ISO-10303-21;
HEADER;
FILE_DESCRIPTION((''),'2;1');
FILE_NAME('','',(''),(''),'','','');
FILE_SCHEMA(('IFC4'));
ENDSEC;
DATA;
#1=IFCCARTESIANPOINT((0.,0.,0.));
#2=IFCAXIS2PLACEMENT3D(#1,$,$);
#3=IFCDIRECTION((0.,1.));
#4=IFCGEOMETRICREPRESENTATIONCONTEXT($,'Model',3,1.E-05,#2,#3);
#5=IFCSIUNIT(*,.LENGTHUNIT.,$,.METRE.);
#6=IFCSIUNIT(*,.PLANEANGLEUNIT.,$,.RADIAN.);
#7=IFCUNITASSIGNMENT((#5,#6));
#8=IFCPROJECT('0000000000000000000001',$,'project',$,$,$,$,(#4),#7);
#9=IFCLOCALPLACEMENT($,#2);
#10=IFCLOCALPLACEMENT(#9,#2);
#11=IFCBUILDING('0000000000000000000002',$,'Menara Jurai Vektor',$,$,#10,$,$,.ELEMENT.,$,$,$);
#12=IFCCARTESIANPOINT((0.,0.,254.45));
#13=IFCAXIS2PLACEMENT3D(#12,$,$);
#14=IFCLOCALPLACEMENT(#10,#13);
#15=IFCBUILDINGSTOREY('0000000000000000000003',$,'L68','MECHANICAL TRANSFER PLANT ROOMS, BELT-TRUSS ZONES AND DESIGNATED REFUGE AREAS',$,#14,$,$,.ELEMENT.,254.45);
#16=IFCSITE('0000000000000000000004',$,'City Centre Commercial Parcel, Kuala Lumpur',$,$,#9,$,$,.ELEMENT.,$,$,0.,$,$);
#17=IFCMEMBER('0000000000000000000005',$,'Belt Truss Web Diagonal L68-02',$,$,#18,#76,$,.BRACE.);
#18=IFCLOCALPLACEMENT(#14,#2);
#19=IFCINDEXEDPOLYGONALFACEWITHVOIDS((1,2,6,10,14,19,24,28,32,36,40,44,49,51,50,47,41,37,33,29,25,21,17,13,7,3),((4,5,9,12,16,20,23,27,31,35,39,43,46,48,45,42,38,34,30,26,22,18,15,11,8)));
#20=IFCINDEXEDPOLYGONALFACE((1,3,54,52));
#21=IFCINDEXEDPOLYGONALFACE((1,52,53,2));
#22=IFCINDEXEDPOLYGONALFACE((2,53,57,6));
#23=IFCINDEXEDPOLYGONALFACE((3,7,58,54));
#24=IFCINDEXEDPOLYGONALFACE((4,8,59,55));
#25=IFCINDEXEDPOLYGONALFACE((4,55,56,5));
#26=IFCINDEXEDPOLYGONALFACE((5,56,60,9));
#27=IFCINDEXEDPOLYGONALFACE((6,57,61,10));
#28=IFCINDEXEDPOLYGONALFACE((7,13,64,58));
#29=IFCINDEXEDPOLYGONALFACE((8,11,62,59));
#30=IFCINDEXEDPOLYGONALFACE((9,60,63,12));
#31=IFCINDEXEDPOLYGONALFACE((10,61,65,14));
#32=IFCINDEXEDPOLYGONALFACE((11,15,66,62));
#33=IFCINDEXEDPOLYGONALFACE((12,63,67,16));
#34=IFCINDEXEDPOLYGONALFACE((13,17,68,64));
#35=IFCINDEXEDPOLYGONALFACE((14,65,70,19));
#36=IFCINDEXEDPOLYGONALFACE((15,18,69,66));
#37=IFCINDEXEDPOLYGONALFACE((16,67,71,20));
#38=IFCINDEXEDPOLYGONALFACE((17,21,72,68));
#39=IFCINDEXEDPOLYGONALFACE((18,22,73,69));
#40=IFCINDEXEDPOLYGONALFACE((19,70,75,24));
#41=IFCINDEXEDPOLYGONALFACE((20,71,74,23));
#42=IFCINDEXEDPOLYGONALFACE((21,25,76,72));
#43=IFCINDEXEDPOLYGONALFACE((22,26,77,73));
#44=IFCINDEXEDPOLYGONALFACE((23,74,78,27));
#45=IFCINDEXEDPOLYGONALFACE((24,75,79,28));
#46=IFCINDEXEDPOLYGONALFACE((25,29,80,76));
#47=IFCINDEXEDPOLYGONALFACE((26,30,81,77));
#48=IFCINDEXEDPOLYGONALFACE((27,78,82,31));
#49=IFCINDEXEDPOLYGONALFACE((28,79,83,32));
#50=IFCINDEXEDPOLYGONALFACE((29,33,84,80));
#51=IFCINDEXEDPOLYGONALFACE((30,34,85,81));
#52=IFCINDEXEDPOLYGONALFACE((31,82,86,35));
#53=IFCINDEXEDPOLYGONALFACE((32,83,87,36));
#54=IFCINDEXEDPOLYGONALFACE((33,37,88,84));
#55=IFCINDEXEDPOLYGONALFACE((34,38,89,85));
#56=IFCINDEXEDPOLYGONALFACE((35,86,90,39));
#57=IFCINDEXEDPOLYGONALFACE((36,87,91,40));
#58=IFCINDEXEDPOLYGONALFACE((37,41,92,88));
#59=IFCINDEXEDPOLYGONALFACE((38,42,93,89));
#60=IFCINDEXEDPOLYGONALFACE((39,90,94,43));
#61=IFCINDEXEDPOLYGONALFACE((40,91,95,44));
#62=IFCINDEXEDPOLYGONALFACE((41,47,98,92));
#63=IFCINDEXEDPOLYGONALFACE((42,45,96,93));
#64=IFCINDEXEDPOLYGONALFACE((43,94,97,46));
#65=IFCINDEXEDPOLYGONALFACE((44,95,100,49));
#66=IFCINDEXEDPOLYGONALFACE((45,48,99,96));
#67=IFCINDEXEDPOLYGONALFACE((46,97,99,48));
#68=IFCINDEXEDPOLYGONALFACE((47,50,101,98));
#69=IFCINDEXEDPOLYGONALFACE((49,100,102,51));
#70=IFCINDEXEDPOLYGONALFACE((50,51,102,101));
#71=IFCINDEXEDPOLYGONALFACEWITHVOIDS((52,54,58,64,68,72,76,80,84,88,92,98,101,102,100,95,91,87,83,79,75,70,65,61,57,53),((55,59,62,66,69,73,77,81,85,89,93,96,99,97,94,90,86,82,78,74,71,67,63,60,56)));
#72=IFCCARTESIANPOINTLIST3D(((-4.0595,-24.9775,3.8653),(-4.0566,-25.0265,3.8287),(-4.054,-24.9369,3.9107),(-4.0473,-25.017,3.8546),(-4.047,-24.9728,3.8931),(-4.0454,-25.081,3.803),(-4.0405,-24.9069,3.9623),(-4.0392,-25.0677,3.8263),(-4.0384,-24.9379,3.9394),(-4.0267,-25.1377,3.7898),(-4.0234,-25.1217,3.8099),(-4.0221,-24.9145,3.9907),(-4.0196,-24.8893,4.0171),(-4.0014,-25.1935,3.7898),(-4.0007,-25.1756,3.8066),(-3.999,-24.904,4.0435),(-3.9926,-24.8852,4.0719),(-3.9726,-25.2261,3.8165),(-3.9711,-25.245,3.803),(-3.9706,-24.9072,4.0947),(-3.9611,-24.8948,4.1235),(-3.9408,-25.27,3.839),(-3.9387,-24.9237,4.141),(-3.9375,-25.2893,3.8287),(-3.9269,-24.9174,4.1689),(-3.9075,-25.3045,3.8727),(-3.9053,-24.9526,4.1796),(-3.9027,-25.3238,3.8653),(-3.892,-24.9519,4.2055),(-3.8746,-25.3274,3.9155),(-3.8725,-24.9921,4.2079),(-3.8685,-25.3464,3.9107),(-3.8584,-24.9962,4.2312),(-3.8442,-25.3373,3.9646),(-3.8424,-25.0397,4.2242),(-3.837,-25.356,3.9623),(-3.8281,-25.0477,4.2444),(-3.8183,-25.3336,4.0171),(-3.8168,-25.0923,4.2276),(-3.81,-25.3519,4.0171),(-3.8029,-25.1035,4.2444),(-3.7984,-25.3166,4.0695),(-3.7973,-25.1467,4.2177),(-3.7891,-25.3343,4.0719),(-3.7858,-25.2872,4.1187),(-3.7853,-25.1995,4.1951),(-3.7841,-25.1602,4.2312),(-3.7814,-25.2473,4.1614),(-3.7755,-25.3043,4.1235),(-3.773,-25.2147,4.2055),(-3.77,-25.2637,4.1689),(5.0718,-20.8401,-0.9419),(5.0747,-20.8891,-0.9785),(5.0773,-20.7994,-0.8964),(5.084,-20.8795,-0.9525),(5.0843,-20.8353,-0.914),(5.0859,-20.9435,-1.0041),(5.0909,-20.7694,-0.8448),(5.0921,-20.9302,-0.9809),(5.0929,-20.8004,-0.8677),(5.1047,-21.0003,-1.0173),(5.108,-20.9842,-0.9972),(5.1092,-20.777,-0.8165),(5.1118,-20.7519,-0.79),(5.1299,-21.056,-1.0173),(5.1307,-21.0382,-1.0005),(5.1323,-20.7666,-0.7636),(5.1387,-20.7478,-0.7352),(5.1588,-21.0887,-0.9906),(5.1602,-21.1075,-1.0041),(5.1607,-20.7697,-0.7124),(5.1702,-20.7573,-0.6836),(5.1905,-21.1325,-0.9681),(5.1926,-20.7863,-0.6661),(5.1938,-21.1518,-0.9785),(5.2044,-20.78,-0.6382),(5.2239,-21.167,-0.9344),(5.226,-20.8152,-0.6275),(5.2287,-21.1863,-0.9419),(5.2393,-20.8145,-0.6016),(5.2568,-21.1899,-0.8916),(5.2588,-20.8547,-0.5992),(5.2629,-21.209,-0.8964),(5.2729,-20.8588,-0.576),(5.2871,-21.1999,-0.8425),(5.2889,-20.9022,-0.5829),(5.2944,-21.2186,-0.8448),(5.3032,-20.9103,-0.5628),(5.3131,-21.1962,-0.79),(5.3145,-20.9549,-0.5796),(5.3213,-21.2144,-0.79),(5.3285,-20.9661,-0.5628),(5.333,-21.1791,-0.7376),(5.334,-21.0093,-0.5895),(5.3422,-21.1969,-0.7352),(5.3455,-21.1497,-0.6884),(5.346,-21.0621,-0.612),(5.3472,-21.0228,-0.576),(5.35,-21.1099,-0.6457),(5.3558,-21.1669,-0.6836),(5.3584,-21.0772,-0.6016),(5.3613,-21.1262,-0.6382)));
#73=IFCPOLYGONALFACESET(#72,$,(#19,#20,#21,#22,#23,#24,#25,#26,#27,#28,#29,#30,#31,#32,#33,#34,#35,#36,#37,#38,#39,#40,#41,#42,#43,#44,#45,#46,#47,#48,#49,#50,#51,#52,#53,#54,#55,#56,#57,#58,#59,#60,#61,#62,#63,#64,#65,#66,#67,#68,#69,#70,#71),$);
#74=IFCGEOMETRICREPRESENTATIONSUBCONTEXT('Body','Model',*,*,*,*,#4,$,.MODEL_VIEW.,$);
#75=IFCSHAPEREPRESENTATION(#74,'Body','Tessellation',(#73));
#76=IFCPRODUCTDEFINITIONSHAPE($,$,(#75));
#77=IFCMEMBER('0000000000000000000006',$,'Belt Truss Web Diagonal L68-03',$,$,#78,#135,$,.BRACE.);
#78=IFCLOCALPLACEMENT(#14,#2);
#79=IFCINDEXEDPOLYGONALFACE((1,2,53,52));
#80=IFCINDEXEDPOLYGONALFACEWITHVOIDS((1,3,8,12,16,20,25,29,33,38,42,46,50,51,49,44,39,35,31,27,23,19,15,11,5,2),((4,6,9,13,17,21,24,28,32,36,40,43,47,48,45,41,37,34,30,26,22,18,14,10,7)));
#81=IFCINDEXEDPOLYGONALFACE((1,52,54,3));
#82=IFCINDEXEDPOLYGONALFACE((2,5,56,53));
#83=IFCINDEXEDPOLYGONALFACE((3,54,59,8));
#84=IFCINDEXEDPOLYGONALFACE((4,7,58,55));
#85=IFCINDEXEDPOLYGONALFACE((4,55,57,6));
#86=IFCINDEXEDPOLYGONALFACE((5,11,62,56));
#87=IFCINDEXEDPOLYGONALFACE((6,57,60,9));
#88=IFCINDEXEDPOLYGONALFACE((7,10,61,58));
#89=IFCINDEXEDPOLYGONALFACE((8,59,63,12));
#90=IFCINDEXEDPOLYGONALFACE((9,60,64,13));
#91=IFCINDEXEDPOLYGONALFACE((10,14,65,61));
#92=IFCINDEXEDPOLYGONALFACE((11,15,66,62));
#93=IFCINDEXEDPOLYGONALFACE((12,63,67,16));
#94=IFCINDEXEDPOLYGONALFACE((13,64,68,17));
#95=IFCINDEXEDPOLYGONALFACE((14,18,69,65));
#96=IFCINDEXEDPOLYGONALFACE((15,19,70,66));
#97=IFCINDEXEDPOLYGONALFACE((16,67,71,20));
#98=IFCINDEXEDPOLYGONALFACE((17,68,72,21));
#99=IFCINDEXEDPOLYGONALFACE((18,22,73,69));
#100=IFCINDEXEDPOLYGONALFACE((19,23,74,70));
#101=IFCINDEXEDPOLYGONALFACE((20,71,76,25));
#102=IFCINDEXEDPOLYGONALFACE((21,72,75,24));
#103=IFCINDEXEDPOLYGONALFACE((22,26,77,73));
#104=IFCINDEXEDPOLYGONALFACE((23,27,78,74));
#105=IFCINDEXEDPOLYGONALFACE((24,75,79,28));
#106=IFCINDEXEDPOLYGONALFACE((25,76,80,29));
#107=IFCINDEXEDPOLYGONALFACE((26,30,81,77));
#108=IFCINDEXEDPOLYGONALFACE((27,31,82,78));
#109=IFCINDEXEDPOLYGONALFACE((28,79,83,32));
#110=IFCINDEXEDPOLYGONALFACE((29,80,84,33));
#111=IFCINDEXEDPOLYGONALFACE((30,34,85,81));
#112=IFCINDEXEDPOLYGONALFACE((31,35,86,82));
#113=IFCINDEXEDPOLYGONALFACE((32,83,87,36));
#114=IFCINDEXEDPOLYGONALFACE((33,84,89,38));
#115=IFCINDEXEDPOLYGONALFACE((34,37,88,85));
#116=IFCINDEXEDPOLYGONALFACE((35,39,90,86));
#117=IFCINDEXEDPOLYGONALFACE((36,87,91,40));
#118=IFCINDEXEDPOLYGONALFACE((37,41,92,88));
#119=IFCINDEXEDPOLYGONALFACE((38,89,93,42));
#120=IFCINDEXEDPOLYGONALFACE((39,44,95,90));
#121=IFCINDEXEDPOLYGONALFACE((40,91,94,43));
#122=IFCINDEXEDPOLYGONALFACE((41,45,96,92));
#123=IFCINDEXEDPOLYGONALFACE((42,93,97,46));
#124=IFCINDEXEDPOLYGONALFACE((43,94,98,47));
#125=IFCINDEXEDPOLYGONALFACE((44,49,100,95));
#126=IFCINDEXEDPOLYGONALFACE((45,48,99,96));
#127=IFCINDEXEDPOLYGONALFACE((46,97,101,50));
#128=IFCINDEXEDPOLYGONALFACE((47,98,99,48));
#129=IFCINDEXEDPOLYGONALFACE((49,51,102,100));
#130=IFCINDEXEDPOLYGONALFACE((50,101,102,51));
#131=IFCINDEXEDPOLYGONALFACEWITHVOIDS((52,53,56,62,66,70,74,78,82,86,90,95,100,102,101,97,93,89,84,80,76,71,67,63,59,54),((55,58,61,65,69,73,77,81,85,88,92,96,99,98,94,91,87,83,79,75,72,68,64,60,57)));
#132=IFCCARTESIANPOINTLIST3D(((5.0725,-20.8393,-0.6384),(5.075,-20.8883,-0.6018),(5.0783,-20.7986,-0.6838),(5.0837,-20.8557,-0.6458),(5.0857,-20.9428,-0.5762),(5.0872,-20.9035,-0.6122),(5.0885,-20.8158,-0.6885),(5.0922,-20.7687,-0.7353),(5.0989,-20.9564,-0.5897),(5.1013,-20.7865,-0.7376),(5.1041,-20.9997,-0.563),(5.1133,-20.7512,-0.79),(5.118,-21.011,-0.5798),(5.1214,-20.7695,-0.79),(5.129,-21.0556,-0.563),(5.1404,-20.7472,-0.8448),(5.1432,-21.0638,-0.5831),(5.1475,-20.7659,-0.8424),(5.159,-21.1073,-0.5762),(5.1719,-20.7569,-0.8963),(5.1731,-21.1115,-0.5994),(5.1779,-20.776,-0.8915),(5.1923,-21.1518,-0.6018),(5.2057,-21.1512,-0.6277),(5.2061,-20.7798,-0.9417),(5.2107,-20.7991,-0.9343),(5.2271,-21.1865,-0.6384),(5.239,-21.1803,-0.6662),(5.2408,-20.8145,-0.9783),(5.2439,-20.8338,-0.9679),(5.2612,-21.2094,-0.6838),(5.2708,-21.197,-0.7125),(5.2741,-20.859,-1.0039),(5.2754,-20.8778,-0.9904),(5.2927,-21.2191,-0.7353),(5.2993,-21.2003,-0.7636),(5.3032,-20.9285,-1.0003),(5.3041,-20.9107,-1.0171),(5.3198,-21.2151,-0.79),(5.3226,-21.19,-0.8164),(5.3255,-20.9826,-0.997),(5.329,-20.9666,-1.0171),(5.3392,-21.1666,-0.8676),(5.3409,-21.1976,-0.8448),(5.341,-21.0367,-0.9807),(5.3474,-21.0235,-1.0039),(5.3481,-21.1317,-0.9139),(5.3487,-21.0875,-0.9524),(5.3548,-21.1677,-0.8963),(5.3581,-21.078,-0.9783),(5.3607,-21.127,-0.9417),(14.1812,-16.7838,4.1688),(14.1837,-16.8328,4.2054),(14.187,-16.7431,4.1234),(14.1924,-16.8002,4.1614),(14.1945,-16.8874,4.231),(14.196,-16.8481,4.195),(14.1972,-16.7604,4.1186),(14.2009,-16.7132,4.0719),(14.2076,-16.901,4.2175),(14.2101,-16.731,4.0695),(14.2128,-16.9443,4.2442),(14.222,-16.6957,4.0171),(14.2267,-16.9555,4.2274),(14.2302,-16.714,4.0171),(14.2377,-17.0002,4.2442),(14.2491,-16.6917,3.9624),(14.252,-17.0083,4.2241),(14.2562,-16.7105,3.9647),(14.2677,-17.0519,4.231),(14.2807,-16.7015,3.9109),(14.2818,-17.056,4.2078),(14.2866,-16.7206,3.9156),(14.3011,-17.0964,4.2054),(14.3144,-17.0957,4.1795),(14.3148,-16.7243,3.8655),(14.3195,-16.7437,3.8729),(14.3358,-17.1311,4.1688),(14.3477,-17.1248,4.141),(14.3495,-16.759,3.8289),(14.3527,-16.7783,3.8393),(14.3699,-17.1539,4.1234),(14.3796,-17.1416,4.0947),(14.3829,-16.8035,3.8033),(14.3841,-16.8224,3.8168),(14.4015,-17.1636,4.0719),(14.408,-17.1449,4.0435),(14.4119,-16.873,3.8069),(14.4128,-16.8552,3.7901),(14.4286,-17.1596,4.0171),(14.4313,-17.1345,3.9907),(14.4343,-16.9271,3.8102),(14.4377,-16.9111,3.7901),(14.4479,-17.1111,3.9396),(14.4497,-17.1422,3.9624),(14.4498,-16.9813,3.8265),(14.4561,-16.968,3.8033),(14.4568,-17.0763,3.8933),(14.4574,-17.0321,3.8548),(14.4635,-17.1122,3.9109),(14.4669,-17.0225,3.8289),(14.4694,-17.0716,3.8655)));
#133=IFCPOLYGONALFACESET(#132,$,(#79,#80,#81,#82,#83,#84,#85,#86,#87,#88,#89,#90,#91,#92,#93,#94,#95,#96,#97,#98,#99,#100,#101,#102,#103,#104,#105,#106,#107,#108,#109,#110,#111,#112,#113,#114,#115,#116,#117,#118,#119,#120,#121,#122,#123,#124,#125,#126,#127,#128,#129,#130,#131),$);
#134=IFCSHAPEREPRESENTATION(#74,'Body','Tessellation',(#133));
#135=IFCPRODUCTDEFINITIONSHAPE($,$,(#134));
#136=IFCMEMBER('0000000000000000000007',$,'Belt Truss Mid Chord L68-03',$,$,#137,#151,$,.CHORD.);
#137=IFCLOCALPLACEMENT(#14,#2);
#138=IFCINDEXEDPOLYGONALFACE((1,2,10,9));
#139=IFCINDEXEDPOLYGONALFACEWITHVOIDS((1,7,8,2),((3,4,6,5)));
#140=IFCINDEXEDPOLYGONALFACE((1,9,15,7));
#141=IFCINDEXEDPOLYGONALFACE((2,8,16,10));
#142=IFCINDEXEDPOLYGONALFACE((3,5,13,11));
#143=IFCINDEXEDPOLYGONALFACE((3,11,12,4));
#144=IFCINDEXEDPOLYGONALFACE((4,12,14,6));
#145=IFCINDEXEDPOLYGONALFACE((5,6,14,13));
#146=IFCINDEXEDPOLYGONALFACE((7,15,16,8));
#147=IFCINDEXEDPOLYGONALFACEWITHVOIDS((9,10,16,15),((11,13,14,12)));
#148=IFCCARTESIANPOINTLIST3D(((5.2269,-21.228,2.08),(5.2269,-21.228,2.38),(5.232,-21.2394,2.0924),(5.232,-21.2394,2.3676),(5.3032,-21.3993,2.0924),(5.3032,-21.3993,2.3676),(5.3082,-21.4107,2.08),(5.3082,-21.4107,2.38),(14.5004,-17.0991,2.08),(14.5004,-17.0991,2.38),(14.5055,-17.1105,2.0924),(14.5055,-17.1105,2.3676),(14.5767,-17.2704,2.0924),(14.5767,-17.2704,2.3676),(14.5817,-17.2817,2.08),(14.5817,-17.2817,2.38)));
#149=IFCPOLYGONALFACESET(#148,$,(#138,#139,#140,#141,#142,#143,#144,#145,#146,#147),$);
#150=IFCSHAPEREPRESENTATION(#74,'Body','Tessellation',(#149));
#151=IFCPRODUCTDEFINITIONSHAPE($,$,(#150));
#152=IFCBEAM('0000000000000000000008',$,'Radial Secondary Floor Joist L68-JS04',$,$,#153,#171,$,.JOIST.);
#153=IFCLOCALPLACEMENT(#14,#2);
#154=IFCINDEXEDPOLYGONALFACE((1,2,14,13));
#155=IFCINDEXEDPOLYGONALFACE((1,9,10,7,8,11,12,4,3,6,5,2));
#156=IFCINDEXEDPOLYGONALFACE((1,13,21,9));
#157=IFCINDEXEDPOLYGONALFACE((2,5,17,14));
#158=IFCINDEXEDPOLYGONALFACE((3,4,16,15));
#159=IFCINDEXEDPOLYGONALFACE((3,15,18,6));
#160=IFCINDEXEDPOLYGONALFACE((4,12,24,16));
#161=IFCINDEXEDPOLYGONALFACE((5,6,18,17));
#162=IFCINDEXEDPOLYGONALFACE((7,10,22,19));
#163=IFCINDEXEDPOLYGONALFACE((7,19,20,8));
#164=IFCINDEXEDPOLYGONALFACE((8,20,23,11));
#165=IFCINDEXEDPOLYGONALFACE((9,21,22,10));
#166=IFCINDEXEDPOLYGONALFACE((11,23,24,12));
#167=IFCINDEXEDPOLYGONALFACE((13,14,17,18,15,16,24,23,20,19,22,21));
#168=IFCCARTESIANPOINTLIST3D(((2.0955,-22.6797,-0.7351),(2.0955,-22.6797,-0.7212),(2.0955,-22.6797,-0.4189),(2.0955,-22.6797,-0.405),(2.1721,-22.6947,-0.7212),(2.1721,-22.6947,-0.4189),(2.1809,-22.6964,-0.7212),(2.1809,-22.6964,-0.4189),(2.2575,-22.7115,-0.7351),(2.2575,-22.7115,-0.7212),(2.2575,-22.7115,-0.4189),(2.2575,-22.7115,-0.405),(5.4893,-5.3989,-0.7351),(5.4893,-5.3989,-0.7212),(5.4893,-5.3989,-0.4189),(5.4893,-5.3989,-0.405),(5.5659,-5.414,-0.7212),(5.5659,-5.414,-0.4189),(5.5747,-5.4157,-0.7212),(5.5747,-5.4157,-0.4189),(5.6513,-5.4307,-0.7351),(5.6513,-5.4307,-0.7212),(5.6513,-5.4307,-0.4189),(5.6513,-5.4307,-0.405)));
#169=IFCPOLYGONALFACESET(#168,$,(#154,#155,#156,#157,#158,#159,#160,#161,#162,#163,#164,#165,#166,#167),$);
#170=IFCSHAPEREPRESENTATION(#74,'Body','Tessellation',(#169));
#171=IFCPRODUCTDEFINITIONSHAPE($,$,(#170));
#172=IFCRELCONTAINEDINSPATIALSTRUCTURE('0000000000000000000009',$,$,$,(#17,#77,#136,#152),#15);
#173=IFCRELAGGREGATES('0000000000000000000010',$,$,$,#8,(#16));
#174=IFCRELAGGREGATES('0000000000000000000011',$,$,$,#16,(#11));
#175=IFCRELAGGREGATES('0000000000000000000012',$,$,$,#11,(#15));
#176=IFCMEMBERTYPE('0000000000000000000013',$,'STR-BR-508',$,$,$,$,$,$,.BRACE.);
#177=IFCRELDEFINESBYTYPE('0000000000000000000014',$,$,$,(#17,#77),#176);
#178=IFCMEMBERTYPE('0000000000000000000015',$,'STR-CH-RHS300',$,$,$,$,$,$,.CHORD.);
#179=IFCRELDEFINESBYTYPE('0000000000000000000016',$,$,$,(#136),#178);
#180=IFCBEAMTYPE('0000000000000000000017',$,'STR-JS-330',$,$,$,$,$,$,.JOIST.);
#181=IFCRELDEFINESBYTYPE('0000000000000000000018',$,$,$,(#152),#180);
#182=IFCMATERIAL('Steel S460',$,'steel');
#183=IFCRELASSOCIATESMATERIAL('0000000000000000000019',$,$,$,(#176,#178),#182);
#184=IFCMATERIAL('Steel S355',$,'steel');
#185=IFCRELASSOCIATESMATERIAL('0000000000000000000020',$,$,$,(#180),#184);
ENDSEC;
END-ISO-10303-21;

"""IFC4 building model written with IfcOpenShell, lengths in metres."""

from ifc_helpers import new_model, si_unit, direction, frame, origin, origin_2d, place, context, subcontext, project, spatial, hollow_rectangle, hollow_circle, i_section, extrude, material, material_profile, profile_set, type_object, element, save


model = new_model("IFC4")

# Units and contexts
model_context = context("Model", 3, precision=1e-05, world=origin(), true_north=direction((0.0, 1.0)))
body_context = subcontext(model_context, "Body", "Model", "MODEL_VIEW")
ifc_project = project(units=[si_unit("LENGTHUNIT", "METRE"), si_unit("PLANEANGLEUNIT", "RADIAN")], contexts=[model_context])

# Site, building, storey
site_placement = place(None, origin())
site = spatial("IfcSite", under=ifc_project, at=site_placement, Name="City Centre Commercial Parcel, Kuala Lumpur", CompositionType="ELEMENT", RefElevation=0.0)
building_placement = place(site_placement, origin())
building = spatial("IfcBuilding", under=site, at=building_placement, Name="Menara Jurai Vektor", CompositionType="ELEMENT")
storey_placement = place(building_placement, frame((0.0, 0.0, 254.45)))
storey = spatial("IfcBuildingStorey", under=building, at=storey_placement, Name="L68", Description="MECHANICAL TRANSFER PLANT ROOMS, BELT-TRUSS ZONES AND DESIGNATED REFUGE AREAS", CompositionType="ELEMENT", Elevation=254.45)

# Shared definitions
ifc_material_1 = material(Name="Steel S460", Category="steel")

# Members
ifc_material_profile_1 = material_profile(ifc_material_1, hollow_circle(Radius=0.2539, WallThickness=0.02, at=origin_2d()), Name="CHS 508x20")
ifc_profile_set_1 = profile_set([ifc_material_profile_1], Name="Steel S460")
member_type_1 = type_object("IfcMemberType", Name="STR-BR-508", PredefinedType="BRACE", material=ifc_profile_set_1)
member_1_placement = place(storey_placement, frame((5.2166, -20.9832, -0.79), z_axis=(-0.821317, -0.372142, 0.432376), x_axis=(0.412715, -0.91086, 0.0)))
element("IfcMember", 1, at=member_1_placement, inside=storey, type_object=member_type_1, Name="Belt Truss Web Diagonal L68-02", PredefinedType="BRACE", context=body_context, shape_type="SweptSolid", body=[
    extrude(hollow_circle(Radius=0.2539, WallThickness=0.02, at=origin_2d()), origin(), (0.0, 0.0, 1.0), 11.1179),
])
member_2_placement = place(storey_placement, frame((5.2166, -20.9832, -0.79), z_axis=(0.822898, 0.366377, 0.434288), x_axis=(-0.406736, 0.913546, 0.0)))
element("IfcMember", 2, at=member_2_placement, inside=storey, type_object=member_type_1, Name="Belt Truss Web Diagonal L68-03", PredefinedType="BRACE", context=body_context, shape_type="SweptSolid", body=[
    extrude(hollow_circle(Radius=0.2539, WallThickness=0.02, at=origin_2d()), origin(), (0.0, 0.0, 1.0), 11.0691),
])
ifc_material_profile_2 = material_profile(ifc_material_1, hollow_rectangle(XDim=0.2, YDim=0.3, WallThickness=0.0125, at=origin_2d()), Name="RHS 300x200x12.5")
ifc_profile_set_2 = profile_set([ifc_material_profile_2], Name="Steel S460")
member_type_2 = type_object("IfcMemberType", Name="STR-CH-RHS300", PredefinedType="CHORD", material=ifc_profile_set_2)
member_3_placement = place(storey_placement, frame((5.2676, -21.3193, 2.23), z_axis=(0.913542, 0.406745, 0.0), x_axis=(-0.406745, 0.913542, 0.0)))
element("IfcMember", 3, at=member_3_placement, inside=storey, type_object=member_type_2, Name="Belt Truss Mid Chord L68-03", PredefinedType="CHORD", context=body_context, shape_type="SweptSolid", body=[
    extrude(hollow_rectangle(XDim=0.2, YDim=0.3, WallThickness=0.0125, at=origin_2d()), origin(), (0.0, 0.0, 1.0), 10.1511),
])

# Beam
ifc_material_2 = material(Name="Steel S355", Category="steel")
ifc_material_profile_3 = material_profile(ifc_material_2, i_section(OverallWidth=0.165, OverallDepth=0.3301, WebThickness=0.009, FlangeThickness=0.0139, at=origin_2d()), Name="PG 330x165x46")
ifc_profile_set_3 = profile_set([ifc_material_profile_3], Name="Steel S355")
beam_type_1 = type_object("IfcBeamType", Name="STR-JS-330", PredefinedType="JOIST", material=ifc_profile_set_3)
beam_1_placement = place(storey_placement, frame((2.1765, -22.6956, -0.5701), z_axis=(0.192711, 0.981256, 0.0), x_axis=(-0.981256, 0.192711, 0.0)))
element("IfcBeam", 4, at=beam_1_placement, inside=storey, type_object=beam_type_1, Name="Radial Secondary Floor Joist L68-JS04", PredefinedType="JOIST", context=body_context, shape_type="SweptSolid", body=[
    extrude(i_section(OverallWidth=0.165, OverallDepth=0.3301, WebThickness=0.009, FlangeThickness=0.0139, at=origin_2d()), origin(), (0.0, 0.0, 1.0), 17.6108),
])

save(model, "model.ifc")
